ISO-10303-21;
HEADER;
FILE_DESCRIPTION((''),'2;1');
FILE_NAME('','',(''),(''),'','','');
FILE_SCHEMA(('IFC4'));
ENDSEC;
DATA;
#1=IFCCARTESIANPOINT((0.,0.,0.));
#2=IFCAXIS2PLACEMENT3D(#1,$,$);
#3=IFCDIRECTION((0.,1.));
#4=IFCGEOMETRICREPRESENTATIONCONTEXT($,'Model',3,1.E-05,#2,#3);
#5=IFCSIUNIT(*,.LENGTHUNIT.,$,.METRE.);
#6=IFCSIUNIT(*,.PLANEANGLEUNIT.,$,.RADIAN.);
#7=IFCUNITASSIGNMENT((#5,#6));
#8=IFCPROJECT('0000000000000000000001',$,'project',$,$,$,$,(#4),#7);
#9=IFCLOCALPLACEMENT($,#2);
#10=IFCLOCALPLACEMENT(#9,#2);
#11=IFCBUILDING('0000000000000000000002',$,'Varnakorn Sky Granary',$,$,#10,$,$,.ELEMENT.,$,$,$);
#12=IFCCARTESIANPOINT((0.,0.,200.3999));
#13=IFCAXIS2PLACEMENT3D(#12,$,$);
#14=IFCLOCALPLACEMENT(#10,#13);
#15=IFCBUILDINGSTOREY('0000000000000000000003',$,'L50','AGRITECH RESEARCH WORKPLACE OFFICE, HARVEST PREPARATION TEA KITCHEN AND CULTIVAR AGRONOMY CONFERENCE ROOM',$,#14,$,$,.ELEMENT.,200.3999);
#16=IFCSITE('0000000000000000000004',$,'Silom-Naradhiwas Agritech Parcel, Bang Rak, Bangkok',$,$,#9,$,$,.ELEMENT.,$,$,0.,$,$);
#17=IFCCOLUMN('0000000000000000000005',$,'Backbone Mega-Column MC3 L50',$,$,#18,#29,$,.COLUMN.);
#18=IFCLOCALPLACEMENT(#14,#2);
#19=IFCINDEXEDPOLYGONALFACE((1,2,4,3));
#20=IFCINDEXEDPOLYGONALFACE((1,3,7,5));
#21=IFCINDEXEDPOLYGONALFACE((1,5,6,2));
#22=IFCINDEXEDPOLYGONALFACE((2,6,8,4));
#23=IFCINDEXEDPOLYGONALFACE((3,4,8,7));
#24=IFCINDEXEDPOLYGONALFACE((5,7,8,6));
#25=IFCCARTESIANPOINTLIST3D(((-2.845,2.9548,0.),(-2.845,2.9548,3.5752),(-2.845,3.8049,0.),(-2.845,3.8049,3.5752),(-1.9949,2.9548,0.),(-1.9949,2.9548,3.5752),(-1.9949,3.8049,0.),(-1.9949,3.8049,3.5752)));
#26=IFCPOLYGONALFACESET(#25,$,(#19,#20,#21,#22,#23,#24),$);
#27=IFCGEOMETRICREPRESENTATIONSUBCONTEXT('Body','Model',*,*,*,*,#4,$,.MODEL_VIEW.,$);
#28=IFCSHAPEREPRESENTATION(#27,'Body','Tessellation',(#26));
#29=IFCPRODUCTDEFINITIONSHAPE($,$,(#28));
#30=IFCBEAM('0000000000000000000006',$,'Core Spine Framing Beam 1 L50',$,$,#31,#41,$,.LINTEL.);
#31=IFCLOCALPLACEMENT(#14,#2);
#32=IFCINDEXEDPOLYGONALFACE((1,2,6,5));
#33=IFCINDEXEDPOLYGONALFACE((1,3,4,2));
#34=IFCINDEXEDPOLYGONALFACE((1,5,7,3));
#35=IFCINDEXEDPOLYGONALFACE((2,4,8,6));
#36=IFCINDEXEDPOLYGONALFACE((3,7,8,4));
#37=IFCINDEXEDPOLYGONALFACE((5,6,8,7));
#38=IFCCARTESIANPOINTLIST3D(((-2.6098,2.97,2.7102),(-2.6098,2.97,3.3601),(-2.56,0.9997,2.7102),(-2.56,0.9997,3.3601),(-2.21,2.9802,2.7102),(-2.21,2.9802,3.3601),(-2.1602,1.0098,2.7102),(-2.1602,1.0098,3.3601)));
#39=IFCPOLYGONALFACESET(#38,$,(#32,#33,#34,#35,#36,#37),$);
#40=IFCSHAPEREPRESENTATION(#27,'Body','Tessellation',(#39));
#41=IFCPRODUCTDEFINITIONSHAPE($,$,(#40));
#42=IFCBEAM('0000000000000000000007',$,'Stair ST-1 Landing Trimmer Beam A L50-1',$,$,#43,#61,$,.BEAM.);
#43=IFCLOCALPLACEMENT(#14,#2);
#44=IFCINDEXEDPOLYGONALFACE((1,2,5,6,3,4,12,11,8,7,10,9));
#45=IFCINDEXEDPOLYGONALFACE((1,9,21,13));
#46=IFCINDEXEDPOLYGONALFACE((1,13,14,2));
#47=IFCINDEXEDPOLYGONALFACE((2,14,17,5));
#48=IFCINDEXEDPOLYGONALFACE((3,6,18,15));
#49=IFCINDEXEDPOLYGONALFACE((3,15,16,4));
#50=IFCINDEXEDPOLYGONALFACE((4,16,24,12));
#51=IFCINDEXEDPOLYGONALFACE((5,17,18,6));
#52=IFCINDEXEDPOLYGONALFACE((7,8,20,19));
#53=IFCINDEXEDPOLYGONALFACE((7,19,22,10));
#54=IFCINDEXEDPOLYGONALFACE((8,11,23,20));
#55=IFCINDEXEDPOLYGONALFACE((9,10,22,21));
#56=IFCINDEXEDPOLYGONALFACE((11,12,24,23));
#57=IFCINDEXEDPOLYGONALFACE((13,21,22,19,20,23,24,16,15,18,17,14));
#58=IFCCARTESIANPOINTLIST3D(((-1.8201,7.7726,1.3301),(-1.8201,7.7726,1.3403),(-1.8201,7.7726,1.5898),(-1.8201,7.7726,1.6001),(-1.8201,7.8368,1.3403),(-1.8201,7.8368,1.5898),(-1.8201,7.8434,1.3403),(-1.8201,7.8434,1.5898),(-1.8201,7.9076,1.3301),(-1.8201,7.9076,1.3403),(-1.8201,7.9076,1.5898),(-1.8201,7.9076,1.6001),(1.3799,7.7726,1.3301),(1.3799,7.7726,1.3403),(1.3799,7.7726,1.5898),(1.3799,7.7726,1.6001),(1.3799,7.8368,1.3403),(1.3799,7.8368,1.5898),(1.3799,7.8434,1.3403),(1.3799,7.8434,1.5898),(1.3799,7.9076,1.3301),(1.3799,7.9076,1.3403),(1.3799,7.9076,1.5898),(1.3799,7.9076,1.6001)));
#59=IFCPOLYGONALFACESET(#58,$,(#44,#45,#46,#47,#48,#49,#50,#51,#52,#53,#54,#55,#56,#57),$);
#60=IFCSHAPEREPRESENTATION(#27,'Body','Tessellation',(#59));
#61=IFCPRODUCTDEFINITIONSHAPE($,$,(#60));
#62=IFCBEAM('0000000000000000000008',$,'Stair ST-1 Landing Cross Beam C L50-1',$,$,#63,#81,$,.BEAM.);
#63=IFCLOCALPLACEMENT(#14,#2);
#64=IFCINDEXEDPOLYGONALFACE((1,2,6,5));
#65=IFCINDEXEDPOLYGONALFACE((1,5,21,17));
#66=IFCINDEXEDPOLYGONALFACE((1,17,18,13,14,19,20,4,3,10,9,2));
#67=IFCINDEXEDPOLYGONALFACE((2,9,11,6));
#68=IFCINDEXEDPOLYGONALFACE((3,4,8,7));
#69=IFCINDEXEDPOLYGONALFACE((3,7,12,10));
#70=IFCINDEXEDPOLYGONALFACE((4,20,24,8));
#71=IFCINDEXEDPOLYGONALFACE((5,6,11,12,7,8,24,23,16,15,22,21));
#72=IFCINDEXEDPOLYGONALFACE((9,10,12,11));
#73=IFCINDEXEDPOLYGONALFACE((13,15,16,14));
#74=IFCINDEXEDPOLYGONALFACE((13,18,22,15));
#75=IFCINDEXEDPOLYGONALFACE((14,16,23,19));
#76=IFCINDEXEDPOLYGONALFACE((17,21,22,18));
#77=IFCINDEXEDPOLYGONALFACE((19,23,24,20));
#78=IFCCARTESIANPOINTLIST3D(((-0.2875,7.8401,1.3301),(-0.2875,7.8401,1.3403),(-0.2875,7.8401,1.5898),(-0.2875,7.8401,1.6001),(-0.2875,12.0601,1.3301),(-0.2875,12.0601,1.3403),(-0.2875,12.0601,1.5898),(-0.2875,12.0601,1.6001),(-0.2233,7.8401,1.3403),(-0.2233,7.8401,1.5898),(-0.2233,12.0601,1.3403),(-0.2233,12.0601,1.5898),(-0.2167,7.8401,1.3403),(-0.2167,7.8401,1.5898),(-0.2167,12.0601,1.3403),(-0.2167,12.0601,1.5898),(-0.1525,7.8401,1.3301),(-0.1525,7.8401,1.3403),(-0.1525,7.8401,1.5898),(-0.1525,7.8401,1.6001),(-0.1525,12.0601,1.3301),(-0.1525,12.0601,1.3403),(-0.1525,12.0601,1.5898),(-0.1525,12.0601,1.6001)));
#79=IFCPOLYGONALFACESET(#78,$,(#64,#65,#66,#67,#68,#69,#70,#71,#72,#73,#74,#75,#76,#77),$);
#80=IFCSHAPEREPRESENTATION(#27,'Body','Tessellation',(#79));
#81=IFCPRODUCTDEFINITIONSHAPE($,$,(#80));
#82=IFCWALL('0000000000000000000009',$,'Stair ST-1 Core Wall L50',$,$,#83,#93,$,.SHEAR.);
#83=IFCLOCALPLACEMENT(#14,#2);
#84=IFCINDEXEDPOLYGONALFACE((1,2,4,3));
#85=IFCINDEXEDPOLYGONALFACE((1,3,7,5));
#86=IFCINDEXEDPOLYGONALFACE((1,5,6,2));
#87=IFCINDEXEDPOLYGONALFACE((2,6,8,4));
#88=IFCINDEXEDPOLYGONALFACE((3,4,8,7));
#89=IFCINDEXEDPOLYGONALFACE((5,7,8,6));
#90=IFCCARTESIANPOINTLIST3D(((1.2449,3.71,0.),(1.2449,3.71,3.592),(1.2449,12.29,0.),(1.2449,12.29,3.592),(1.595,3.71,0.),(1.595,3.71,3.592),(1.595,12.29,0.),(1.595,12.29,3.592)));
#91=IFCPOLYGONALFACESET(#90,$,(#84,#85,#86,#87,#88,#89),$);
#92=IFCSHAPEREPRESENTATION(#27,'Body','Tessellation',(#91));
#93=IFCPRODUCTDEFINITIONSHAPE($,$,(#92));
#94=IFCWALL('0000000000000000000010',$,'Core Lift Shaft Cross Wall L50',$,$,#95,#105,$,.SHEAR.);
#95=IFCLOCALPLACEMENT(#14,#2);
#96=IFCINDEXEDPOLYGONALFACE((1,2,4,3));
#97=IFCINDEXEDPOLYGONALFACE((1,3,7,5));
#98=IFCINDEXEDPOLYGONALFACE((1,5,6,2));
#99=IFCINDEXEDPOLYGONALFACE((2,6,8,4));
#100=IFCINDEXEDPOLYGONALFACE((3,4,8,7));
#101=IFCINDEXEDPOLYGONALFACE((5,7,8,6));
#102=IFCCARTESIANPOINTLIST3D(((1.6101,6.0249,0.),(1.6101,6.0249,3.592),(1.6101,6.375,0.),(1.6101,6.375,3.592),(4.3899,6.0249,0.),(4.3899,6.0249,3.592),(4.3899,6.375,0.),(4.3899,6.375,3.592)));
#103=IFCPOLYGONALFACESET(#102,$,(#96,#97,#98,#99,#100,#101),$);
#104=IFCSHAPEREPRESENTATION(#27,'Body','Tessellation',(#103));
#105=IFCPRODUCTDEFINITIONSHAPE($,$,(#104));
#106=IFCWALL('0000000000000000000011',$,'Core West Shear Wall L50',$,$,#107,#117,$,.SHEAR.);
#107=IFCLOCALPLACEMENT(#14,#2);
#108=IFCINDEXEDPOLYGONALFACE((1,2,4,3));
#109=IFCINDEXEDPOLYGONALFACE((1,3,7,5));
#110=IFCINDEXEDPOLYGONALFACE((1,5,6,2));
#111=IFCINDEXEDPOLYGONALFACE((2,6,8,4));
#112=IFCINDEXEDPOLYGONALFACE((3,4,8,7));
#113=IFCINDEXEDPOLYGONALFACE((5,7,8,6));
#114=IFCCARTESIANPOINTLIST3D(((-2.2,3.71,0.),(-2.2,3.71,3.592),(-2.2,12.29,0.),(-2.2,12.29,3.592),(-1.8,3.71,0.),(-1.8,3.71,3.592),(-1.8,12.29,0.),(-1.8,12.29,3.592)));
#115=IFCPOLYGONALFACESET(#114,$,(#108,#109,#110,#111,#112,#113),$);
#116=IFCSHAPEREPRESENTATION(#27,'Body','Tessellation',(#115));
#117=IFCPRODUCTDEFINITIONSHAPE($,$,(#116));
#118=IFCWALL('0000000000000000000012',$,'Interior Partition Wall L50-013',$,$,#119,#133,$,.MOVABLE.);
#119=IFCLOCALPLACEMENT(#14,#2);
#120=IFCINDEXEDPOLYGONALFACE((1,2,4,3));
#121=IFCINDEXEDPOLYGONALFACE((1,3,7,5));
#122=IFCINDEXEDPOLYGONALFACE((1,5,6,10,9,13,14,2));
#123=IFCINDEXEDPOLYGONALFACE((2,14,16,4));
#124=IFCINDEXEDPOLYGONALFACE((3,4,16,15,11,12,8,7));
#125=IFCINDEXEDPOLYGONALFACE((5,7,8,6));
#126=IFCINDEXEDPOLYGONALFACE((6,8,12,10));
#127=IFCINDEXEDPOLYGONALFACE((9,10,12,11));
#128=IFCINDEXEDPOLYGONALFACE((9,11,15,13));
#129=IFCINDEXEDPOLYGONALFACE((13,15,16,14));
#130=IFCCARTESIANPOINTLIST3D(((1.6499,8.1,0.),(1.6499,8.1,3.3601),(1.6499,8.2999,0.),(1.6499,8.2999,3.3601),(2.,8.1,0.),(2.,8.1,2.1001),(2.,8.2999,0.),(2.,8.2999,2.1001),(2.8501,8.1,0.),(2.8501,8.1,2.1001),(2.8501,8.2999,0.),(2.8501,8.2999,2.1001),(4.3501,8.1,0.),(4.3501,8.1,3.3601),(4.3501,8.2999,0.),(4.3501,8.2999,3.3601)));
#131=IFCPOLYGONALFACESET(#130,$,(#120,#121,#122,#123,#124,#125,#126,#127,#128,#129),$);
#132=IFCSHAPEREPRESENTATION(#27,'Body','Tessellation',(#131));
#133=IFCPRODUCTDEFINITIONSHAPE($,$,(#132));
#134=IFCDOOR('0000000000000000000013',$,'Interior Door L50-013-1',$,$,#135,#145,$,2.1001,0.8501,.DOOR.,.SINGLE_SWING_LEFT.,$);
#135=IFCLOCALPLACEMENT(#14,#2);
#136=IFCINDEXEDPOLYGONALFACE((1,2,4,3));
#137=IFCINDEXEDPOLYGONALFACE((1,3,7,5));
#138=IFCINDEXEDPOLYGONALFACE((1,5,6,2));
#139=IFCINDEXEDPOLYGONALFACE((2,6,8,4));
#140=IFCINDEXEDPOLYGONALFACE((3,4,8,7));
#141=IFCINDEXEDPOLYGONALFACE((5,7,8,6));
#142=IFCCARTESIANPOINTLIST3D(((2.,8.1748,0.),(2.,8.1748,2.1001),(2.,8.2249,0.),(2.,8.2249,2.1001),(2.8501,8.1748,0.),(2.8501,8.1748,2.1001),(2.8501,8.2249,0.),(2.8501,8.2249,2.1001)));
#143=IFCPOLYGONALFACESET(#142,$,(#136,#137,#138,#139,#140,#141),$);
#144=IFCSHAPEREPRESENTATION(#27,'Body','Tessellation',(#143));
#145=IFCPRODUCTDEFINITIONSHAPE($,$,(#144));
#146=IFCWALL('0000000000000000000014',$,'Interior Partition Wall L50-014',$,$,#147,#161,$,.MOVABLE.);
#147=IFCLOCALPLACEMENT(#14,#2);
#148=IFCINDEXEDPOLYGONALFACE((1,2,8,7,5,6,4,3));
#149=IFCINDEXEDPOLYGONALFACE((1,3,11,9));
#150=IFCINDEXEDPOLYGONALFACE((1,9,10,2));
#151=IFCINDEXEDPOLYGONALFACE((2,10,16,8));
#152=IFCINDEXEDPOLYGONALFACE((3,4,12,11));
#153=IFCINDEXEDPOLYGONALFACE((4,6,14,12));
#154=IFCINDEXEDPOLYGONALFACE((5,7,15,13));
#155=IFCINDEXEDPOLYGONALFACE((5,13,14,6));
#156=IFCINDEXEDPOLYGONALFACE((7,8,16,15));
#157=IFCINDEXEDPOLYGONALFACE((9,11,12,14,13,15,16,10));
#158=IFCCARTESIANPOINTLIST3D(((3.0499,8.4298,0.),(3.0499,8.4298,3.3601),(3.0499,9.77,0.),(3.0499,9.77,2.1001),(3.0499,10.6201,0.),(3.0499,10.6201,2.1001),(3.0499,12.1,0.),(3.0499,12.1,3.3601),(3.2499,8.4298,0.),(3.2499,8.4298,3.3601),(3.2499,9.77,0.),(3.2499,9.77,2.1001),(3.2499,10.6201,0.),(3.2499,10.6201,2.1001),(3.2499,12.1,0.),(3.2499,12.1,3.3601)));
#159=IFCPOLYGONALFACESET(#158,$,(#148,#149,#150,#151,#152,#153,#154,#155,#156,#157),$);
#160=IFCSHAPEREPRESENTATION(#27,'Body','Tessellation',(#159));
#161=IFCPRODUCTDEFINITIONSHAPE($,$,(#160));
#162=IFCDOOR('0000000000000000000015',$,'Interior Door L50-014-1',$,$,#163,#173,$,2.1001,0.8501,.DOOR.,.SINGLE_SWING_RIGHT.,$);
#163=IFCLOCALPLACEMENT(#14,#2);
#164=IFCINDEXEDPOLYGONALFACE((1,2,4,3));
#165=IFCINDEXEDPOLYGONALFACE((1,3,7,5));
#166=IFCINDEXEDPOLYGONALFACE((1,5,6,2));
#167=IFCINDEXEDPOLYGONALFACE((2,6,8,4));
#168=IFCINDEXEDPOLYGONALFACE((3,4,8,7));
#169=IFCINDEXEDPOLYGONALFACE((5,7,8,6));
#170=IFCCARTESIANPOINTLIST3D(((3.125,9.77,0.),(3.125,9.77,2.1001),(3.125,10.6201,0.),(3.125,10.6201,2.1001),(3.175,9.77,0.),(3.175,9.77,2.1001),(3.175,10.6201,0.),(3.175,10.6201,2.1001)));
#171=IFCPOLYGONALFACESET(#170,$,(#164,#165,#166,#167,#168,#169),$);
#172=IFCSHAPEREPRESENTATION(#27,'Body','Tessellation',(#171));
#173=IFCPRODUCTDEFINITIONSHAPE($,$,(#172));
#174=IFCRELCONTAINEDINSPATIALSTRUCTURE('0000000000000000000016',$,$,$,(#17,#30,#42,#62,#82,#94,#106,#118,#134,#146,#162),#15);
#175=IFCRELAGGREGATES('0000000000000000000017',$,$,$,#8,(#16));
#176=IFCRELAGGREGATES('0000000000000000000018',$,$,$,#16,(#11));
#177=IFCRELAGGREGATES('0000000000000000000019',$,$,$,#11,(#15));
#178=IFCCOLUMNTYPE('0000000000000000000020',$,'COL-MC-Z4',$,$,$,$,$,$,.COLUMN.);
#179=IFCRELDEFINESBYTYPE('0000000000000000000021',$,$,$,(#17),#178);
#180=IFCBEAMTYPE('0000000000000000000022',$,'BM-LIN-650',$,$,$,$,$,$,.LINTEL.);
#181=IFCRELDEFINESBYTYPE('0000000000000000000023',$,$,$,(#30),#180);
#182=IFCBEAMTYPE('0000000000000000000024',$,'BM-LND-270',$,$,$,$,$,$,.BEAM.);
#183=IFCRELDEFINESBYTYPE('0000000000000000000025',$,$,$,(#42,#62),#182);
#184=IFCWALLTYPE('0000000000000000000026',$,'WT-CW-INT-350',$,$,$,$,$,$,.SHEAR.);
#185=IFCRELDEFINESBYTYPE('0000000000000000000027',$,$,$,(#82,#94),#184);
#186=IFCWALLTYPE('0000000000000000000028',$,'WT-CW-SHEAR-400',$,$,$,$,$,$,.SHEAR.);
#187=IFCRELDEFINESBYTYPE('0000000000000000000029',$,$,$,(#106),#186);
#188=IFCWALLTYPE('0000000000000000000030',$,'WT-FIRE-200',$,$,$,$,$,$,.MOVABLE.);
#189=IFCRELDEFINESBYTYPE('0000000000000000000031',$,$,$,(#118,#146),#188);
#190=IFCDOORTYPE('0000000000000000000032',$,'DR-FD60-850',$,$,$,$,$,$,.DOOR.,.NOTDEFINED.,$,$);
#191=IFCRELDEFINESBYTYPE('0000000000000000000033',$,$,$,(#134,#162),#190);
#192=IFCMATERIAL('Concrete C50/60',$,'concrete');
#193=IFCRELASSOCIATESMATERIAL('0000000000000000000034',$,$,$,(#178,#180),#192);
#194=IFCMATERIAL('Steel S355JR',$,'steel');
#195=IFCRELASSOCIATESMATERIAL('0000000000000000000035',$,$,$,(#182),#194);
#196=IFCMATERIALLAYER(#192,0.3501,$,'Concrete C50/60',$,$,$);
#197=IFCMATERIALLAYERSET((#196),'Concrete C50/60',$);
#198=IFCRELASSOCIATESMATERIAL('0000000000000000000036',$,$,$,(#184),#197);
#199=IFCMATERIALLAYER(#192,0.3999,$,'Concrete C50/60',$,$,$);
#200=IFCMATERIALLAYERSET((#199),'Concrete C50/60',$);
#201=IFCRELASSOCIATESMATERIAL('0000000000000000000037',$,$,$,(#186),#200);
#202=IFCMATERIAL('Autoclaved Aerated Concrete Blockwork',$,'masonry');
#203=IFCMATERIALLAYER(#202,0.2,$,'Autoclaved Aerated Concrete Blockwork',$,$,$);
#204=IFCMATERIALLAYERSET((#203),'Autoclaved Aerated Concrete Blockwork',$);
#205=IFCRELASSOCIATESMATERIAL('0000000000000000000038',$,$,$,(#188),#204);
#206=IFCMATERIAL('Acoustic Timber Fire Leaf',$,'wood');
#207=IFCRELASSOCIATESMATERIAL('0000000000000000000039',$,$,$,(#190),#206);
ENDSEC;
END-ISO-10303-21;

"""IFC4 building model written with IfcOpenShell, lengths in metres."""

from ifc_helpers import new_model, si_unit, direction, frame, frame_2d, origin, origin_2d, place, context, subcontext, project, spatial, rectangle, i_section, extrude, material, layer, layer_set, material_profile, profile_set, type_object, element, fill, save


model = new_model("IFC4")

# Units and contexts
model_context = context("Model", 3, precision=1e-05, world=origin(), true_north=direction((0.0, 1.0)))
body_context = subcontext(model_context, "Body", "Model", "MODEL_VIEW")
ifc_project = project(units=[si_unit("LENGTHUNIT", "METRE"), si_unit("PLANEANGLEUNIT", "RADIAN")], contexts=[model_context])

# Site, building, storey
site_placement = place(None, origin())
site = spatial("IfcSite", under=ifc_project, at=site_placement, Name="Silom-Naradhiwas Agritech Parcel, Bang Rak, Bangkok", CompositionType="ELEMENT", RefElevation=0.0)
building_placement = place(site_placement, origin())
building = spatial("IfcBuilding", under=site, at=building_placement, Name="Varnakorn Sky Granary", CompositionType="ELEMENT")
storey_placement = place(building_placement, frame((0.0, 0.0, 200.3999)))
storey = spatial("IfcBuildingStorey", under=building, at=storey_placement, Name="L50", Description="AGRITECH RESEARCH WORKPLACE OFFICE, HARVEST PREPARATION TEA KITCHEN AND CULTIVAR AGRONOMY CONFERENCE ROOM", CompositionType="ELEMENT", Elevation=200.3999)

# Column
ifc_material_1 = material(Name="Concrete C50/60", Category="concrete")
ifc_material_profile_1 = material_profile(ifc_material_1, rectangle(XDim=0.8501, YDim=0.8501, at=origin_2d()), Name="RC 850x850")
ifc_profile_set_1 = profile_set([ifc_material_profile_1], Name="Concrete C50/60")
column_type = type_object("IfcColumnType", Name="COL-MC-Z4", PredefinedType="COLUMN", material=ifc_profile_set_1)
column_placement = place(storey_placement, frame((-2.4199, 3.3799, 0.0), z_axis=(0.0, 0.0, 1.0), x_axis=(1.0, 0.0, 0.0)))
element("IfcColumn", 1, at=column_placement, inside=storey, type_object=column_type, Name="Backbone Mega-Column MC3 L50", PredefinedType="COLUMN", context=body_context, shape_type="SweptSolid", body=[
    extrude(rectangle(XDim=0.8501, YDim=0.8501, at=origin_2d()), origin(), (0.0, 0.0, 1.0), 3.5752),
])

# Beams
ifc_material_profile_2 = material_profile(ifc_material_1, rectangle(XDim=0.3999, YDim=0.6499, at=origin_2d()), Name="RC 400x650")
ifc_profile_set_2 = profile_set([ifc_material_profile_2], Name="Concrete C50/60")
beam_type_1 = type_object("IfcBeamType", Name="BM-LIN-650", PredefinedType="LINTEL", material=ifc_profile_set_2)
beam_1_placement = place(storey_placement, frame((-2.4099, 2.9751, 3.0352), z_axis=(0.025271, -0.999681, 0.0), x_axis=(0.999681, 0.025271, 0.0)))
element("IfcBeam", 2, at=beam_1_placement, inside=storey, type_object=beam_type_1, Name="Core Spine Framing Beam 1 L50", PredefinedType="LINTEL", context=body_context, shape_type="SweptSolid", body=[
    extrude(rectangle(XDim=0.3999, YDim=0.6499, at=origin_2d()), origin(), (0.0, 0.0, 1.0), 1.9709),
])
ifc_material_2 = material(Name="Steel S355JR", Category="steel")
ifc_material_profile_3 = material_profile(ifc_material_2, i_section(OverallWidth=0.135, OverallDepth=0.27, WebThickness=0.0066, FlangeThickness=0.0103, at=origin_2d()), Name="IPE 270")
ifc_profile_set_3 = profile_set([ifc_material_profile_3], Name="Steel S355JR")
beam_type_2 = type_object("IfcBeamType", Name="BM-LND-270", PredefinedType="BEAM", material=ifc_profile_set_3)
beam_2_placement = place(storey_placement, frame((-1.8201, 7.8401, 1.4651), z_axis=(1.0, 0.0, 0.0), x_axis=(0.0, 1.0, 0.0)))
element("IfcBeam", 3, at=beam_2_placement, inside=storey, type_object=beam_type_2, Name="Stair ST-1 Landing Trimmer Beam A L50-1", PredefinedType="BEAM", context=body_context, shape_type="SweptSolid", body=[
    extrude(i_section(OverallWidth=0.135, OverallDepth=0.27, WebThickness=0.0066, FlangeThickness=0.0103, at=origin_2d()), origin(), (0.0, 0.0, 1.0), 3.2),
])
beam_3_placement = place(storey_placement, frame((-0.22, 7.8401, 1.4651), z_axis=(0.0, 1.0, 0.0), x_axis=(-1.0, 0.0, 0.0)))
element("IfcBeam", 4, at=beam_3_placement, inside=storey, type_object=beam_type_2, Name="Stair ST-1 Landing Cross Beam C L50-1", PredefinedType="BEAM", context=body_context, shape_type="SweptSolid", body=[
    extrude(i_section(OverallWidth=0.135, OverallDepth=0.27, WebThickness=0.0066, FlangeThickness=0.0103, at=origin_2d()), origin(), (0.0, 0.0, 1.0), 4.22),
])

# Walls
ifc_layer_1 = layer(ifc_material_1, 0.3501, Name="Concrete C50/60")
ifc_layer_set_1 = layer_set([ifc_layer_1], Name="Concrete C50/60")
wall_type_1 = type_object("IfcWallType", Name="WT-CW-INT-350", PredefinedType="SHEAR", material=ifc_layer_set_1)
wall_1_placement = place(storey_placement, frame((1.4199, 3.71, 0.0), z_axis=(0.0, 0.0, 1.0), x_axis=(0.0, 1.0, 0.0)))
element("IfcWall", 5, at=wall_1_placement, inside=storey, type_object=wall_type_1, Name="Stair ST-1 Core Wall L50", PredefinedType="SHEAR", context=body_context, shape_type="SweptSolid", body=[
    extrude(rectangle(XDim=8.5801, YDim=0.3501, at=frame_2d((4.29, 0.0))), origin(), (0.0, 0.0, 1.0), 3.592),
])
wall_2_placement = place(storey_placement, frame((1.6101, 6.2, 0.0), z_axis=(0.0, 0.0, 1.0), x_axis=(1.0, 0.0, 0.0)))
element("IfcWall", 6, at=wall_2_placement, inside=storey, type_object=wall_type_1, Name="Core Lift Shaft Cross Wall L50", PredefinedType="SHEAR", context=body_context, shape_type="SweptSolid", body=[
    extrude(rectangle(XDim=2.7798, YDim=0.3501, at=frame_2d((1.3899, 0.0))), origin(), (0.0, 0.0, 1.0), 3.592),
])

# Shared definitions
ifc_layer_2 = layer(ifc_material_1, 0.3999, Name="Concrete C50/60")
ifc_layer_set_2 = layer_set([ifc_layer_2], Name="Concrete C50/60")
wall_type_2 = type_object("IfcWallType", Name="WT-CW-SHEAR-400", PredefinedType="SHEAR", material=ifc_layer_set_2)

# Wall
wall_3_placement = place(storey_placement, frame((-2.0, 3.71, 0.0), z_axis=(0.0, 0.0, 1.0), x_axis=(0.0, 1.0, 0.0)))
element("IfcWall", 7, at=wall_3_placement, inside=storey, type_object=wall_type_2, Name="Core West Shear Wall L50", PredefinedType="SHEAR", context=body_context, shape_type="SweptSolid", body=[
    extrude(rectangle(XDim=8.5801, YDim=0.3999, at=frame_2d((4.29, 0.0))), origin(), (0.0, 0.0, 1.0), 3.592),
])

# Walls, openings, doors
ifc_material_3 = material(Name="Autoclaved Aerated Concrete Blockwork", Category="masonry")
ifc_layer_3 = layer(ifc_material_3, 0.2, Name="Autoclaved Aerated Concrete Blockwork")
ifc_layer_set_3 = layer_set([ifc_layer_3], Name="Autoclaved Aerated Concrete Blockwork")
wall_type_3 = type_object("IfcWallType", Name="WT-FIRE-200", PredefinedType="MOVABLE", material=ifc_layer_set_3)
wall_4_placement = place(storey_placement, frame((1.6499, 8.2, 0.0), z_axis=(0.0, 0.0, 1.0), x_axis=(1.0, 0.0, 0.0)))
wall_4 = element("IfcWall", 8, at=wall_4_placement, inside=storey, type_object=wall_type_3, Name="Interior Partition Wall L50-013", PredefinedType="MOVABLE", context=body_context, shape_type="SweptSolid", body=[
    extrude(rectangle(XDim=2.7002, YDim=0.2, at=frame_2d((1.3501, 0.0))), origin(), (0.0, 0.0, 1.0), 3.3601),
])
opening_1_placement = place(wall_4_placement, frame((0.3501, 0.0, 0.0)))
opening_1 = element("IfcOpeningElement", 9, at=opening_1_placement, cuts=wall_4, PredefinedType="OPENING", context=body_context, shape_type="SweptSolid", body=[
    extrude(rectangle(XDim=0.8501, YDim=2.1001, at=frame_2d((0.425, 1.05))), frame((0.0, 0.1099, 0.0), z_axis=(0.0, -1.0, 0.0), x_axis=(1.0, 0.0, 0.0)), (0.0, 0.0, 1.0), 0.22),
])
ifc_material_4 = material(Name="Acoustic Timber Fire Leaf", Category="wood")
door_type_1 = type_object("IfcDoorType", Name="DR-FD60-850", OperationType="NOTDEFINED", PredefinedType="DOOR", material=ifc_material_4)
door_1_placement = place(opening_1_placement, origin())
door_1 = element("IfcDoor", 10, at=door_1_placement, inside=storey, type_object=door_type_1, Name="Interior Door L50-013-1", OperationType="SINGLE_SWING_LEFT", OverallHeight=2.1001, OverallWidth=0.8501, PredefinedType="DOOR", context=body_context, shape_type="SweptSolid", body=[
    extrude(rectangle(XDim=0.8501, YDim=2.1001, at=frame_2d((0.425, 1.05))), frame((0.0, 0.0249, 0.0), z_axis=(0.0, -1.0, 0.0), x_axis=(1.0, 0.0, 0.0)), (0.0, 0.0, 1.0), 0.05),
])
fill(opening_1, door_1)
wall_5_placement = place(storey_placement, frame((3.1499, 8.4299, 0.0), z_axis=(0.0, 0.0, 1.0), x_axis=(0.0, 1.0, 0.0)))
wall_5 = element("IfcWall", 11, at=wall_5_placement, inside=storey, type_object=wall_type_3, Name="Interior Partition Wall L50-014", PredefinedType="MOVABLE", context=body_context, shape_type="SweptSolid", body=[
    extrude(rectangle(XDim=3.6702, YDim=0.2, at=frame_2d((1.835, 0.0))), origin(), (0.0, 0.0, 1.0), 3.3601),
])
opening_2_placement = place(wall_5_placement, frame((1.3401, 0.0, 0.0)))
opening_2 = element("IfcOpeningElement", 12, at=opening_2_placement, cuts=wall_5, PredefinedType="OPENING", context=body_context, shape_type="SweptSolid", body=[
    extrude(rectangle(XDim=0.8501, YDim=2.1001, at=frame_2d((0.425, 1.05))), frame((0.0, 0.1099, 0.0), z_axis=(0.0, -1.0, 0.0), x_axis=(1.0, 0.0, 0.0)), (0.0, 0.0, 1.0), 0.22),
])
door_2_placement = place(opening_2_placement, origin())
door_2 = element("IfcDoor", 13, at=door_2_placement, inside=storey, type_object=door_type_1, Name="Interior Door L50-014-1", OperationType="SINGLE_SWING_RIGHT", OverallHeight=2.1001, OverallWidth=0.8501, PredefinedType="DOOR", context=body_context, shape_type="SweptSolid", body=[
    extrude(rectangle(XDim=0.8501, YDim=2.1001, at=frame_2d((0.425, 1.05))), frame((0.0, 0.0249, 0.0), z_axis=(0.0, -1.0, 0.0), x_axis=(1.0, 0.0, 0.0)), (0.0, 0.0, 1.0), 0.05),
])
fill(opening_2, door_2)

save(model, "model.ifc")
